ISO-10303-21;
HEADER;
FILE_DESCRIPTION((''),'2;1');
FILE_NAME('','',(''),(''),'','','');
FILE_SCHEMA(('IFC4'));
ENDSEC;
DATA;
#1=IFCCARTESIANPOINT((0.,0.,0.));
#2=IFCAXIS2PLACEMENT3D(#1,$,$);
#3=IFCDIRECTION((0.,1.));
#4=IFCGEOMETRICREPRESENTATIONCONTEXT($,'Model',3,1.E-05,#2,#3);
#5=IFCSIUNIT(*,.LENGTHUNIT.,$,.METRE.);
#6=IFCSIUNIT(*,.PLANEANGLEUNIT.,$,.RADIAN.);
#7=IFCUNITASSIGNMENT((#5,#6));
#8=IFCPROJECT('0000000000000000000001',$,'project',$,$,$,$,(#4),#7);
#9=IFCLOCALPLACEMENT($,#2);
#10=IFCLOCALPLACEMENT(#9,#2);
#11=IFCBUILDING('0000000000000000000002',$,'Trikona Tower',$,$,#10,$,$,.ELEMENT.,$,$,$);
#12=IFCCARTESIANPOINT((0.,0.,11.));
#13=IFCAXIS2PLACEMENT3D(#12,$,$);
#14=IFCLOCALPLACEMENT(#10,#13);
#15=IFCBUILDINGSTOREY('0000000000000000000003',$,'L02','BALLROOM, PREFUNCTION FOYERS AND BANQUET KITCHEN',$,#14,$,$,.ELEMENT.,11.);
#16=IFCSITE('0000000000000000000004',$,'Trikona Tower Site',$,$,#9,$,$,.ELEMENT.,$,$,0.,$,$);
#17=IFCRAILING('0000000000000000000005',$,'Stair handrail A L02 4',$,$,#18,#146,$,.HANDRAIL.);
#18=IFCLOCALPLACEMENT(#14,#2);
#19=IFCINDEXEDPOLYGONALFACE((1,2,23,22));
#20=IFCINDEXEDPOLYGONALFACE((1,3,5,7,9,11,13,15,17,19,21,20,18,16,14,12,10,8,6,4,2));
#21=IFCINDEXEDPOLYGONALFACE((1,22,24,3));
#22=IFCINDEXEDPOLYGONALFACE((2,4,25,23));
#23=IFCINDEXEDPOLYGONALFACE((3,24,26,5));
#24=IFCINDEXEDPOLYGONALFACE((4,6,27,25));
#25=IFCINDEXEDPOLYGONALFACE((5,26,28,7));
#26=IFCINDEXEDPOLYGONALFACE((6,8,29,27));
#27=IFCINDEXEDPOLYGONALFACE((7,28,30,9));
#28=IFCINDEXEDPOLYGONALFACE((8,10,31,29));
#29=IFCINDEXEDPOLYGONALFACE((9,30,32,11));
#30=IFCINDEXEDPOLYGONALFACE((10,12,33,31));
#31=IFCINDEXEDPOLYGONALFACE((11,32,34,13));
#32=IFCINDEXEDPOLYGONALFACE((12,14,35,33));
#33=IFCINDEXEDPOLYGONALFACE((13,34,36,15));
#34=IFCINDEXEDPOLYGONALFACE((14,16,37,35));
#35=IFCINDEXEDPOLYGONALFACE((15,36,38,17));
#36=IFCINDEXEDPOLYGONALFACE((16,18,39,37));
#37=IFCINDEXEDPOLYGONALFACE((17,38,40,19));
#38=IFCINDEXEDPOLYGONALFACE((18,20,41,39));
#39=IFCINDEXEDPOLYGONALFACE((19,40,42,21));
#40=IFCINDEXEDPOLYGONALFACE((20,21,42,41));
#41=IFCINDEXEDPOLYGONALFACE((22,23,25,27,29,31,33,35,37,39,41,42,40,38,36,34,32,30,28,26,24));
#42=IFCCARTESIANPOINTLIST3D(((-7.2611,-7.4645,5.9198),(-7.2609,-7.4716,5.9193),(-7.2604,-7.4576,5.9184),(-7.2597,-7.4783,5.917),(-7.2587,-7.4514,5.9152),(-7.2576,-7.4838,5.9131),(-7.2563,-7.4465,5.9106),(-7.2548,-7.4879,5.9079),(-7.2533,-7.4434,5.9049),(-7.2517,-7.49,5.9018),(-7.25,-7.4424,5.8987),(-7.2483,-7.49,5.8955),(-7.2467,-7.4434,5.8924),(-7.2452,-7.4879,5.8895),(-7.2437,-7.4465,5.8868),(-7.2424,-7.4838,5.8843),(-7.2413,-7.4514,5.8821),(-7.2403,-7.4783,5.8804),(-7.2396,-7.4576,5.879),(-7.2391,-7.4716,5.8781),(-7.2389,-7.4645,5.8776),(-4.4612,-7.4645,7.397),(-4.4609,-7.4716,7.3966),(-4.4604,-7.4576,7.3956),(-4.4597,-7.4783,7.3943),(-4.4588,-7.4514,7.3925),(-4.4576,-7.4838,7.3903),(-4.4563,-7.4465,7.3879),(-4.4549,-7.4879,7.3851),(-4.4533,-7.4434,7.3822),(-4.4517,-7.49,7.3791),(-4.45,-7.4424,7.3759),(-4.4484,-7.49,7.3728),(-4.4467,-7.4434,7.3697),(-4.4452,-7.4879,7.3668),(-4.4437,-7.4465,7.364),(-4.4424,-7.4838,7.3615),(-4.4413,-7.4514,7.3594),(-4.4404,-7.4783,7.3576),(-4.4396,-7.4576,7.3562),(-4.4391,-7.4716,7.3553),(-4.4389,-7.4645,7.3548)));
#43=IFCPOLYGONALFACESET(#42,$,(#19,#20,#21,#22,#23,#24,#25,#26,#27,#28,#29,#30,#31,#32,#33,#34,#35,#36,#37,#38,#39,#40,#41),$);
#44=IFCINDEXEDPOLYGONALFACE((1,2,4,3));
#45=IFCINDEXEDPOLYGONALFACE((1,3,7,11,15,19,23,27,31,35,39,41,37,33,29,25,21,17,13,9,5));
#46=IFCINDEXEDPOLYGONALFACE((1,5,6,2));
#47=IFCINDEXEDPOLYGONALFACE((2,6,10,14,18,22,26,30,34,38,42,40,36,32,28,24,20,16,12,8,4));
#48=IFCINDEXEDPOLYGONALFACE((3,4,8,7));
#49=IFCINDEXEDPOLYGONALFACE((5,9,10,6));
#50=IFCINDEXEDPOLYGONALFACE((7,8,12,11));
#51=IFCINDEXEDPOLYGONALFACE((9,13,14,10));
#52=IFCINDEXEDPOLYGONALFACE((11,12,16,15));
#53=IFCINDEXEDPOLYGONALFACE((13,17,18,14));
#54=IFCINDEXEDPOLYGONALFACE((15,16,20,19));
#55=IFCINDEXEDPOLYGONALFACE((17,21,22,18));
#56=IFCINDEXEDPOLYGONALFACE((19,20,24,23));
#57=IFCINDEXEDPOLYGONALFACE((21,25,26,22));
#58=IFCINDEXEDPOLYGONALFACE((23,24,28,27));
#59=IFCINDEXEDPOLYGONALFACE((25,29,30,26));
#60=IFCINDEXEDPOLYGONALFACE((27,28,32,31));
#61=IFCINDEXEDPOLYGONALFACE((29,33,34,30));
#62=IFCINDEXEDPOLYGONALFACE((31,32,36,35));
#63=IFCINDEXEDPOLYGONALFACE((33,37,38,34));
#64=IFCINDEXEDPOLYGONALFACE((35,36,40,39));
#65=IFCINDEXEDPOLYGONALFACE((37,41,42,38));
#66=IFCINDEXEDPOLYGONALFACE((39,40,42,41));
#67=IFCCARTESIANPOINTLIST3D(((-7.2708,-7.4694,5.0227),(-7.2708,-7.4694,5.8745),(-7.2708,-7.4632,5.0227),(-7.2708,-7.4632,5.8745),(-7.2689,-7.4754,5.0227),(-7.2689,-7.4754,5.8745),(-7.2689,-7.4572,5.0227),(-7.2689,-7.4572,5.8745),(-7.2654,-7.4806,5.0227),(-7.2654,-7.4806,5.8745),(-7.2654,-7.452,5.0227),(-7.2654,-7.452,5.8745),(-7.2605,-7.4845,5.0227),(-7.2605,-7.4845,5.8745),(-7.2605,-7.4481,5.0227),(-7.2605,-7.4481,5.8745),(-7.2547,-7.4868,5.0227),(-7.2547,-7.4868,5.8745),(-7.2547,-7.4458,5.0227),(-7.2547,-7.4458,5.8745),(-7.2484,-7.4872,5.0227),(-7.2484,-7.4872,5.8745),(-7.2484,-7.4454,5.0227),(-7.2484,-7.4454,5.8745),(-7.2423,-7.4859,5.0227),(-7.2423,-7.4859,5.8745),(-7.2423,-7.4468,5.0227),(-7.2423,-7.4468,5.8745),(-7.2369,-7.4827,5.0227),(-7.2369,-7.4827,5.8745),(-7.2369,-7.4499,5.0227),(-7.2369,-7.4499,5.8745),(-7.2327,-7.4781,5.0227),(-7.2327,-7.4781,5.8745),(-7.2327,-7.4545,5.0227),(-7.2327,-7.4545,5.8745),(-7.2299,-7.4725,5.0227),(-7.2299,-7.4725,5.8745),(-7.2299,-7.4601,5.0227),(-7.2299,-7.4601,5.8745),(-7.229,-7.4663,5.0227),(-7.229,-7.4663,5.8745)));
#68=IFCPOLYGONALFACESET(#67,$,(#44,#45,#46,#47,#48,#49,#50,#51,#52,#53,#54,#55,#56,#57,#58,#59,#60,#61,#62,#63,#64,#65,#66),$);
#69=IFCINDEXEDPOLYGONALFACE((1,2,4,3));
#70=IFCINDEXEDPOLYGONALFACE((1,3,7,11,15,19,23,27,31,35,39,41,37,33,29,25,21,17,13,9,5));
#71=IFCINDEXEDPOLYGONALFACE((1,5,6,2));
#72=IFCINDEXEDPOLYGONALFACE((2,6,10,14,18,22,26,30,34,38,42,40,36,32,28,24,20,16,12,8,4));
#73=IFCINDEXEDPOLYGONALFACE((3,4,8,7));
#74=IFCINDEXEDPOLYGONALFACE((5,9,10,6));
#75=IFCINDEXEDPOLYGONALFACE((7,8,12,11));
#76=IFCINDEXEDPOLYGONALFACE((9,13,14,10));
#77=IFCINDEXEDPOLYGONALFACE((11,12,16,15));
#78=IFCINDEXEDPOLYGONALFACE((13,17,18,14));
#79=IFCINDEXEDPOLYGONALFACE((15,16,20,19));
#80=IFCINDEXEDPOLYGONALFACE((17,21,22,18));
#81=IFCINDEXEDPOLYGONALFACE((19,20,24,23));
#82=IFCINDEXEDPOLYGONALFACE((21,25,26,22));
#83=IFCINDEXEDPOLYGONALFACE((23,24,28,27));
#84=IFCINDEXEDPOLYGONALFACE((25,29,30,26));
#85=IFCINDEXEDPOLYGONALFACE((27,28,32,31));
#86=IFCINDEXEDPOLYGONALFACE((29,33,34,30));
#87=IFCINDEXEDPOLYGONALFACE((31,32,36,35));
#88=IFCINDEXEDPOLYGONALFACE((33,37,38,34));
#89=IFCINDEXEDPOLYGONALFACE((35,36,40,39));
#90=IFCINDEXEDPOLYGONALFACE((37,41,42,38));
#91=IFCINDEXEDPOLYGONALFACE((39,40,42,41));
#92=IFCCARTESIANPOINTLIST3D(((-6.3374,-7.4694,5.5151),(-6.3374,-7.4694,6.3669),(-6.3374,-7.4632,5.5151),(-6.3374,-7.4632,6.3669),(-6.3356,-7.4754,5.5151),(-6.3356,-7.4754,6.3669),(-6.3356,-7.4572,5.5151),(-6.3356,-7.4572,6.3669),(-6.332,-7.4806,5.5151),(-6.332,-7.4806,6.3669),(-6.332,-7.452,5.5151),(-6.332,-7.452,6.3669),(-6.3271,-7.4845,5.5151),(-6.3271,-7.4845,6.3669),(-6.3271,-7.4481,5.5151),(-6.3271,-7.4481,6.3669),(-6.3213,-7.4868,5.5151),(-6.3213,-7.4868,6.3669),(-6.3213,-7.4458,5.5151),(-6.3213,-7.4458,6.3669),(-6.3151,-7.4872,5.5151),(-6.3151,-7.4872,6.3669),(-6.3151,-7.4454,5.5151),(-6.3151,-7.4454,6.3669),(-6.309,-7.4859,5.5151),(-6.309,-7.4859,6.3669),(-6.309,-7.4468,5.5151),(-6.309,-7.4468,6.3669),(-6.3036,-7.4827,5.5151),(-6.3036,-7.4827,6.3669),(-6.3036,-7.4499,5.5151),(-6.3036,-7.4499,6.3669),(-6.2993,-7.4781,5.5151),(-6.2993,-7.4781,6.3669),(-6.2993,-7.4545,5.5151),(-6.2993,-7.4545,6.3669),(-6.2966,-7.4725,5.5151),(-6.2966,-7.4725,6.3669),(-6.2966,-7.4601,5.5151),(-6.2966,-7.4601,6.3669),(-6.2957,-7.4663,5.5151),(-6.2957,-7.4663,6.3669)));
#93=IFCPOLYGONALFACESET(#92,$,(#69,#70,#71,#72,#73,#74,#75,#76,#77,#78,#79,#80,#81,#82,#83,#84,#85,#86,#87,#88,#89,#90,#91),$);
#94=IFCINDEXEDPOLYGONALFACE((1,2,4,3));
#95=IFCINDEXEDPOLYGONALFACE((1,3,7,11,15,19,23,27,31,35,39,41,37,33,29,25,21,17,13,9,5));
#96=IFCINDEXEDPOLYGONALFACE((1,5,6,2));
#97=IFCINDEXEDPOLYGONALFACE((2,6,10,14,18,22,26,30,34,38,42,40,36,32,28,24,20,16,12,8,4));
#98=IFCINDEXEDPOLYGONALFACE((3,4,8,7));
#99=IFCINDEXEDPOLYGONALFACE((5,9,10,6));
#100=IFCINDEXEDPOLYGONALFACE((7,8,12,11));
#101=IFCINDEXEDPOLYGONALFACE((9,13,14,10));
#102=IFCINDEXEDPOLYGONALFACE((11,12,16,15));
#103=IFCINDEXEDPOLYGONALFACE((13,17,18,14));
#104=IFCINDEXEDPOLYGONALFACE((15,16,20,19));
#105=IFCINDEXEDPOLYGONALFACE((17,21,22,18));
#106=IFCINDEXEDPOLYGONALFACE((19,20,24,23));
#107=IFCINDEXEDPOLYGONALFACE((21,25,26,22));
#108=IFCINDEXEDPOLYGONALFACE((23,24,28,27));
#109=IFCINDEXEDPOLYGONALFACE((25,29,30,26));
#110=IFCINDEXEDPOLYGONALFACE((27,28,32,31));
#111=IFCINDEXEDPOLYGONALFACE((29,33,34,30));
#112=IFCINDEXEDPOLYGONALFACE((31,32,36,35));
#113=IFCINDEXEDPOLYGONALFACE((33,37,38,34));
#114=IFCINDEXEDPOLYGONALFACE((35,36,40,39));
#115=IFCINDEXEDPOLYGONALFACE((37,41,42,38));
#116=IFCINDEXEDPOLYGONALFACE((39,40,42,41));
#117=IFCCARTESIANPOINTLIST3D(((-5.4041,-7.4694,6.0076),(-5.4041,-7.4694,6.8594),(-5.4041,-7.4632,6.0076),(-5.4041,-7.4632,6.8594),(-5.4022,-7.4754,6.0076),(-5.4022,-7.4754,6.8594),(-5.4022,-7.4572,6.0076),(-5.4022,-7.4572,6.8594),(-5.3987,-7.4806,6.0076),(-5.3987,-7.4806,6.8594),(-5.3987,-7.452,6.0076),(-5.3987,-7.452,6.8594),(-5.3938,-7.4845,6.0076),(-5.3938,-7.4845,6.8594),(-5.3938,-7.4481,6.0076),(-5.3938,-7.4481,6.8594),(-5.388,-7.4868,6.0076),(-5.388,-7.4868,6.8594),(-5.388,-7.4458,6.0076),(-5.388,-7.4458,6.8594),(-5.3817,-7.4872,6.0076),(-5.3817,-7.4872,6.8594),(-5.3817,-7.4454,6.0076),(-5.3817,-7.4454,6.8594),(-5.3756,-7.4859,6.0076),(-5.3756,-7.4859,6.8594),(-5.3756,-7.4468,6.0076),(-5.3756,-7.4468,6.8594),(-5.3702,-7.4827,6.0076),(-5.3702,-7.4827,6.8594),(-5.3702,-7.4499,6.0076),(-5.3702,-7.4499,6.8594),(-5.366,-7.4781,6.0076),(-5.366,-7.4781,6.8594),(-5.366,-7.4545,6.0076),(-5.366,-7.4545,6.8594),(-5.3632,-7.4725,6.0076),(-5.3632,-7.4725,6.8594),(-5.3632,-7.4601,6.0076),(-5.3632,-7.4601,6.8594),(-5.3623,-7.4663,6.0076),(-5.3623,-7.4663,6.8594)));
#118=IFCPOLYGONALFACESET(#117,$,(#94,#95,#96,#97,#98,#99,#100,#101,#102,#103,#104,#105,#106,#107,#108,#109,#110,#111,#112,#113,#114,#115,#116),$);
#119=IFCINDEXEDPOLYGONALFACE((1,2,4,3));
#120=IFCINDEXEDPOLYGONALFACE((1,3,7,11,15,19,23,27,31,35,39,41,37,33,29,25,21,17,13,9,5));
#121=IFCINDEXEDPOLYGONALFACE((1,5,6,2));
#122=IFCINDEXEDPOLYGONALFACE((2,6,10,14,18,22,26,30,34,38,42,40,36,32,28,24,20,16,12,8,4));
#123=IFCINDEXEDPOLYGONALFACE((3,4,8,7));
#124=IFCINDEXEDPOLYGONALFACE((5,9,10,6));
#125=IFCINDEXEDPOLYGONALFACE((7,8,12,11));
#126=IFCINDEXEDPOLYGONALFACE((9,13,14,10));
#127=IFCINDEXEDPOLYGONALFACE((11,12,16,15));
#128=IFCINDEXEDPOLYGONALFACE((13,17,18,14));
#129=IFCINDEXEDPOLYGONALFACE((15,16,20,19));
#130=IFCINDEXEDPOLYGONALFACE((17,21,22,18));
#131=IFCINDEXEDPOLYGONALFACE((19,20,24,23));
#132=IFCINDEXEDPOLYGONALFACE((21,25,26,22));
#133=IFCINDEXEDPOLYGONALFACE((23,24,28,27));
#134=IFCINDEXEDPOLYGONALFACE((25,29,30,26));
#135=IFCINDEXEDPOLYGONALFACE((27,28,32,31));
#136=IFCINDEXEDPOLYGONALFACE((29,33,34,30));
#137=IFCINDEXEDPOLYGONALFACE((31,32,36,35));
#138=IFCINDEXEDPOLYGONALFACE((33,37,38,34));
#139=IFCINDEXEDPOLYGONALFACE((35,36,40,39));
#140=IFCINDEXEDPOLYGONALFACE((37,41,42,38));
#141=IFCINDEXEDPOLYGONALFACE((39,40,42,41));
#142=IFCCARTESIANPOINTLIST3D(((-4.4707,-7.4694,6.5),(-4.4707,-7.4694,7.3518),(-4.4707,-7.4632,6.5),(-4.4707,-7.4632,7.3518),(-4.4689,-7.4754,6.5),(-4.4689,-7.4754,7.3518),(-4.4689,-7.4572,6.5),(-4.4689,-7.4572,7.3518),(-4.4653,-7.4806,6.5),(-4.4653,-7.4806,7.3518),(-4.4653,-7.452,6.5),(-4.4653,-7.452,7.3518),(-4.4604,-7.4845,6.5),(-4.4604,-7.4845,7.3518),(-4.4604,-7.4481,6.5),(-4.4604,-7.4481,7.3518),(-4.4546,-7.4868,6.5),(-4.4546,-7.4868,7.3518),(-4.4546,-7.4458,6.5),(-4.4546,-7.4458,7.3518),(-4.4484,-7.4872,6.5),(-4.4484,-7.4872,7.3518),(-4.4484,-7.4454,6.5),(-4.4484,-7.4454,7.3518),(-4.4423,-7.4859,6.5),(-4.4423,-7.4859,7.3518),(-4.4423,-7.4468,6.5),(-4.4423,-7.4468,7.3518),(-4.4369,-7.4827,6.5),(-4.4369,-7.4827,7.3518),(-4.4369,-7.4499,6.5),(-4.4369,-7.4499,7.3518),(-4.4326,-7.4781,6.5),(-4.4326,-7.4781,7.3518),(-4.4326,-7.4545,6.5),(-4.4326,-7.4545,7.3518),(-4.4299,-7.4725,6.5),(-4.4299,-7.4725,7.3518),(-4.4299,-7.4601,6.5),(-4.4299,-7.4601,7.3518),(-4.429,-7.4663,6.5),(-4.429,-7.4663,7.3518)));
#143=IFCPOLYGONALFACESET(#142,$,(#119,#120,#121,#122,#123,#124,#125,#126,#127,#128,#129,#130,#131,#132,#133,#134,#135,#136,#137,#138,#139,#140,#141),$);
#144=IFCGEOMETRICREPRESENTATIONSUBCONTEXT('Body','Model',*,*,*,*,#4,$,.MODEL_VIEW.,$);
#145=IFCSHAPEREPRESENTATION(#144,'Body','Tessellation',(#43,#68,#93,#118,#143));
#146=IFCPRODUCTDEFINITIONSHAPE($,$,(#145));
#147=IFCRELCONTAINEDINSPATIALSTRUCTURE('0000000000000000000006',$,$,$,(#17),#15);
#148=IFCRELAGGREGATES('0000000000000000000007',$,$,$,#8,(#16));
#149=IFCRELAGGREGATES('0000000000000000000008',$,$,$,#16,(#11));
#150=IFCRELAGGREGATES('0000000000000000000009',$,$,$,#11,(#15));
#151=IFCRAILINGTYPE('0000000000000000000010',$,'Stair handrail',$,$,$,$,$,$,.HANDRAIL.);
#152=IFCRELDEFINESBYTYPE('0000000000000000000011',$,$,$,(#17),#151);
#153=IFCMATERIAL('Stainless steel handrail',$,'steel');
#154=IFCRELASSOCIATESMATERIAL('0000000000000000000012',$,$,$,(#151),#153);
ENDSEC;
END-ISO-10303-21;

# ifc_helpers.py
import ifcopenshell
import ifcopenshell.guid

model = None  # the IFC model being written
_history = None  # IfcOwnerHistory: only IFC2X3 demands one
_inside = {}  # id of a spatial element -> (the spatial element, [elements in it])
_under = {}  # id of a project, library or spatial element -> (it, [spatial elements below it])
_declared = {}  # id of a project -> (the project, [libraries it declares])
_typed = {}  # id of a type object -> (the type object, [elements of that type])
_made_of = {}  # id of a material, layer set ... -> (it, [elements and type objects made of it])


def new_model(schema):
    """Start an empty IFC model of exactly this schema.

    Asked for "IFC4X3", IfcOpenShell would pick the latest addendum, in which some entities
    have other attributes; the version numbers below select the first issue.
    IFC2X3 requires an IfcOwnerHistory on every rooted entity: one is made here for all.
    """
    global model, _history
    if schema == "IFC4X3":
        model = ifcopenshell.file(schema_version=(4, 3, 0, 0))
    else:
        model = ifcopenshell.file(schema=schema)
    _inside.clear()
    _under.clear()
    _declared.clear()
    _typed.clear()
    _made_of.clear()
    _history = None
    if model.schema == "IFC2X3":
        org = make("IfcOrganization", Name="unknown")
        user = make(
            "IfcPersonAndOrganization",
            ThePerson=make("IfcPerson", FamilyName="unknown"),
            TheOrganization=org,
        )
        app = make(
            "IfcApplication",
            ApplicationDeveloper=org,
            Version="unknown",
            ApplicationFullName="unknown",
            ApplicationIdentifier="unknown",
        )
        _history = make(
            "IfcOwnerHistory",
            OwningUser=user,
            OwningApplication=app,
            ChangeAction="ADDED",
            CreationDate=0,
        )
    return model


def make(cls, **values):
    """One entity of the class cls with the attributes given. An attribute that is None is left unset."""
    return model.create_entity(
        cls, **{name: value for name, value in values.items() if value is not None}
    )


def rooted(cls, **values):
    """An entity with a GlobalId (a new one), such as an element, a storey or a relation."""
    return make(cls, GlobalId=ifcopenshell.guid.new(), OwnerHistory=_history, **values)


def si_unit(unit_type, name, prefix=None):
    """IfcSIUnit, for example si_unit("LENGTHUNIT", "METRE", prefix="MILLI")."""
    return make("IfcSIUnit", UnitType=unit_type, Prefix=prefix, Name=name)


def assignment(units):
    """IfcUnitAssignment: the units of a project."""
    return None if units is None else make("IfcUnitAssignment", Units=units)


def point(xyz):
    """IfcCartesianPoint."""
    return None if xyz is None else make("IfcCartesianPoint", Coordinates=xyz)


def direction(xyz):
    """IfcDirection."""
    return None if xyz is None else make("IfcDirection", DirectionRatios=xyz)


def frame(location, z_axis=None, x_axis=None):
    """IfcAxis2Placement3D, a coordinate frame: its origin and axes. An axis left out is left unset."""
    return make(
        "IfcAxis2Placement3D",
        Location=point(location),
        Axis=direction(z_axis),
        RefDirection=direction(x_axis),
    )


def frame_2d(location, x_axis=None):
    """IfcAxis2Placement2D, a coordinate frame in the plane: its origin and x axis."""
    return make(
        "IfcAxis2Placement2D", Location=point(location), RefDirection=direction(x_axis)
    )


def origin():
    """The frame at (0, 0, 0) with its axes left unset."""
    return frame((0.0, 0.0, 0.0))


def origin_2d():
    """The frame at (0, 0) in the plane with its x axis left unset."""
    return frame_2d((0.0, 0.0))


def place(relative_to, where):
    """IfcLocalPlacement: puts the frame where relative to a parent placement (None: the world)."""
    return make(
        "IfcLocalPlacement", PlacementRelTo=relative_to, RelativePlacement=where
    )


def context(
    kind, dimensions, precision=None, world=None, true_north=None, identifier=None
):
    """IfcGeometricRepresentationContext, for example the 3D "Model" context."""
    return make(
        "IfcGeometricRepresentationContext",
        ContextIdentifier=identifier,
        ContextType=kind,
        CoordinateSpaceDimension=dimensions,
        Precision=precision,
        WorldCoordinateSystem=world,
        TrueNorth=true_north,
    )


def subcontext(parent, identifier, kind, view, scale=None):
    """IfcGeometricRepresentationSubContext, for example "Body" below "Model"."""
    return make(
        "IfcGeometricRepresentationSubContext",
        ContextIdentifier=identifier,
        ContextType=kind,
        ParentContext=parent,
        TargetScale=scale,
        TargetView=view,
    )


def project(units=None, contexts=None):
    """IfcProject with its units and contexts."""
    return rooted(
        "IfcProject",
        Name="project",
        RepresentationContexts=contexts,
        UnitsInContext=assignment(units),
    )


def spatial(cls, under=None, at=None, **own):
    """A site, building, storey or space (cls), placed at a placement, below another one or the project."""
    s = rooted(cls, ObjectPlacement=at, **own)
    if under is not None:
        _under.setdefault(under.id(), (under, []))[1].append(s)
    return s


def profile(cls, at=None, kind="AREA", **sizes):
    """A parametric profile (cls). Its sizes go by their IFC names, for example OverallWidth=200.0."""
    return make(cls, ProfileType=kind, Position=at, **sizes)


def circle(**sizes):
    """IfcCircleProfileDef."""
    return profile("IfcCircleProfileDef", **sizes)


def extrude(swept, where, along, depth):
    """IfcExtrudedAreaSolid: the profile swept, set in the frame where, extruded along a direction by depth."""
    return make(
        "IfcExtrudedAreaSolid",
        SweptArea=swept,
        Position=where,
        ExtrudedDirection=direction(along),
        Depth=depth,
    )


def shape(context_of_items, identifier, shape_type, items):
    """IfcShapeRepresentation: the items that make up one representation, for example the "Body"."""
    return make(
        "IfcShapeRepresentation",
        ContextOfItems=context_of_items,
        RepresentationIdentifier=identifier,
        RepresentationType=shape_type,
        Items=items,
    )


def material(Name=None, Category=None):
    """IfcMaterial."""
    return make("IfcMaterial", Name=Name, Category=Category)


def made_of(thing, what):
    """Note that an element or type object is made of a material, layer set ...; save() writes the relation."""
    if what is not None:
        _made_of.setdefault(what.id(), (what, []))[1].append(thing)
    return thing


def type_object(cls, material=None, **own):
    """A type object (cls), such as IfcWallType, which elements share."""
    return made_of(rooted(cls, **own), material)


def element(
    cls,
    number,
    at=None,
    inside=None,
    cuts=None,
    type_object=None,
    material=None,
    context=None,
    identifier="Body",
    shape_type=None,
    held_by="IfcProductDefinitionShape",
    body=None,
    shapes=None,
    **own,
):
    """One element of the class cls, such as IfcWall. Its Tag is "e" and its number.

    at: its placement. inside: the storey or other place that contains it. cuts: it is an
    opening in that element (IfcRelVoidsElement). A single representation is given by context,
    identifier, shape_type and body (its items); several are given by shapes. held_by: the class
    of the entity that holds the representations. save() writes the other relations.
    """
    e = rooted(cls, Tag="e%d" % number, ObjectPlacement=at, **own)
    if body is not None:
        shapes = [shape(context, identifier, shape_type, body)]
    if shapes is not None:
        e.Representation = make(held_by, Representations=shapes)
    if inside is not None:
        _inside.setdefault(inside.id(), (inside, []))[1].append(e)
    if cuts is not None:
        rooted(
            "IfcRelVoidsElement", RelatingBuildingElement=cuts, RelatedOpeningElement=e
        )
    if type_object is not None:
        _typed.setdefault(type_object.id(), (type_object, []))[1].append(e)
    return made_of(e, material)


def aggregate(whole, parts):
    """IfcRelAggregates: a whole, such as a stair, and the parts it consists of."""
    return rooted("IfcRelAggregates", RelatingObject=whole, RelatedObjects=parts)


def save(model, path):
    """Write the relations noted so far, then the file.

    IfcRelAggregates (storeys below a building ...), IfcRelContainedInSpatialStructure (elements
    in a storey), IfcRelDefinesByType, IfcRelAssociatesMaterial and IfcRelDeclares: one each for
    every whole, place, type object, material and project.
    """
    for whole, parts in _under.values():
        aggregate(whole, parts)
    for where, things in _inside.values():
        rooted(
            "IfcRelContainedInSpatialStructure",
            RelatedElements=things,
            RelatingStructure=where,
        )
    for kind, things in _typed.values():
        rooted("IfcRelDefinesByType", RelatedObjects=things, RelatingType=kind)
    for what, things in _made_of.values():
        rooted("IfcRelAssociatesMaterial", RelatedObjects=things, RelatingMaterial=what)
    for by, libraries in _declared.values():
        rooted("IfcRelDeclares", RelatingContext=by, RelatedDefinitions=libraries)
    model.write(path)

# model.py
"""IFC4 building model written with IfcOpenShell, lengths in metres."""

from ifc_helpers import new_model, si_unit, direction, frame, origin, origin_2d, place, context, subcontext, project, spatial, circle, extrude, material, type_object, element, save


model = new_model("IFC4")

# Units and contexts
model_context = context("Model", 3, precision=1e-05, world=origin(), true_north=direction((0.0, 1.0)))
body_context = subcontext(model_context, "Body", "Model", "MODEL_VIEW")
ifc_project = project(units=[si_unit("LENGTHUNIT", "METRE"), si_unit("PLANEANGLEUNIT", "RADIAN")], contexts=[model_context])

# Site, building, storey
site_placement = place(None, origin())
site = spatial("IfcSite", under=ifc_project, at=site_placement, Name="Trikona Tower Site", CompositionType="ELEMENT", RefElevation=0.0)
building_placement = place(site_placement, origin())
building = spatial("IfcBuilding", under=site, at=building_placement, Name="Trikona Tower", CompositionType="ELEMENT")
storey_placement = place(building_placement, frame((0.0, 0.0, 11.0)))
storey = spatial("IfcBuildingStorey", under=building, at=storey_placement, Name="L02", Description="BALLROOM, PREFUNCTION FOYERS AND BANQUET KITCHEN", CompositionType="ELEMENT", Elevation=11.0)

# Railing
ifc_material_1 = material(Name="Stainless steel handrail", Category="steel")
railing_type = type_object("IfcRailingType", Name="Stair handrail", PredefinedType="HANDRAIL", material=ifc_material_1)
railing_1_placement = place(storey_placement, frame((-7.25, -7.4663, 5.0227)))
element("IfcRailing", 1, at=railing_1_placement, inside=storey, type_object=railing_type, Name="Stair handrail A L02 4", PredefinedType="HANDRAIL", context=body_context, shape_type="SweptSolid", body=[
    extrude(circle(Radius=0.0239, at=origin_2d()), frame((0.0, 0.0, 0.876), z_axis=(0.884451, 0.0, 0.466633), x_axis=(0.0, 1.0, 0.0)), (0.0, 0.0, 1.0), 3.1658),
    extrude(circle(Radius=0.021, at=origin_2d()), origin(), (0.0, 0.0, 1.0), 0.8518),
    extrude(circle(Radius=0.021, at=origin_2d()), frame((0.9333, 0.0, 0.4924)), (0.0, 0.0, 1.0), 0.8518),
    extrude(circle(Radius=0.021, at=origin_2d()), frame((1.8667, 0.0, 0.9849)), (0.0, 0.0, 1.0), 0.8518),
    extrude(circle(Radius=0.021, at=origin_2d()), frame((2.8, 0.0, 1.4773)), (0.0, 0.0, 1.0), 0.8518),
])

save(model, "model.ifc")
